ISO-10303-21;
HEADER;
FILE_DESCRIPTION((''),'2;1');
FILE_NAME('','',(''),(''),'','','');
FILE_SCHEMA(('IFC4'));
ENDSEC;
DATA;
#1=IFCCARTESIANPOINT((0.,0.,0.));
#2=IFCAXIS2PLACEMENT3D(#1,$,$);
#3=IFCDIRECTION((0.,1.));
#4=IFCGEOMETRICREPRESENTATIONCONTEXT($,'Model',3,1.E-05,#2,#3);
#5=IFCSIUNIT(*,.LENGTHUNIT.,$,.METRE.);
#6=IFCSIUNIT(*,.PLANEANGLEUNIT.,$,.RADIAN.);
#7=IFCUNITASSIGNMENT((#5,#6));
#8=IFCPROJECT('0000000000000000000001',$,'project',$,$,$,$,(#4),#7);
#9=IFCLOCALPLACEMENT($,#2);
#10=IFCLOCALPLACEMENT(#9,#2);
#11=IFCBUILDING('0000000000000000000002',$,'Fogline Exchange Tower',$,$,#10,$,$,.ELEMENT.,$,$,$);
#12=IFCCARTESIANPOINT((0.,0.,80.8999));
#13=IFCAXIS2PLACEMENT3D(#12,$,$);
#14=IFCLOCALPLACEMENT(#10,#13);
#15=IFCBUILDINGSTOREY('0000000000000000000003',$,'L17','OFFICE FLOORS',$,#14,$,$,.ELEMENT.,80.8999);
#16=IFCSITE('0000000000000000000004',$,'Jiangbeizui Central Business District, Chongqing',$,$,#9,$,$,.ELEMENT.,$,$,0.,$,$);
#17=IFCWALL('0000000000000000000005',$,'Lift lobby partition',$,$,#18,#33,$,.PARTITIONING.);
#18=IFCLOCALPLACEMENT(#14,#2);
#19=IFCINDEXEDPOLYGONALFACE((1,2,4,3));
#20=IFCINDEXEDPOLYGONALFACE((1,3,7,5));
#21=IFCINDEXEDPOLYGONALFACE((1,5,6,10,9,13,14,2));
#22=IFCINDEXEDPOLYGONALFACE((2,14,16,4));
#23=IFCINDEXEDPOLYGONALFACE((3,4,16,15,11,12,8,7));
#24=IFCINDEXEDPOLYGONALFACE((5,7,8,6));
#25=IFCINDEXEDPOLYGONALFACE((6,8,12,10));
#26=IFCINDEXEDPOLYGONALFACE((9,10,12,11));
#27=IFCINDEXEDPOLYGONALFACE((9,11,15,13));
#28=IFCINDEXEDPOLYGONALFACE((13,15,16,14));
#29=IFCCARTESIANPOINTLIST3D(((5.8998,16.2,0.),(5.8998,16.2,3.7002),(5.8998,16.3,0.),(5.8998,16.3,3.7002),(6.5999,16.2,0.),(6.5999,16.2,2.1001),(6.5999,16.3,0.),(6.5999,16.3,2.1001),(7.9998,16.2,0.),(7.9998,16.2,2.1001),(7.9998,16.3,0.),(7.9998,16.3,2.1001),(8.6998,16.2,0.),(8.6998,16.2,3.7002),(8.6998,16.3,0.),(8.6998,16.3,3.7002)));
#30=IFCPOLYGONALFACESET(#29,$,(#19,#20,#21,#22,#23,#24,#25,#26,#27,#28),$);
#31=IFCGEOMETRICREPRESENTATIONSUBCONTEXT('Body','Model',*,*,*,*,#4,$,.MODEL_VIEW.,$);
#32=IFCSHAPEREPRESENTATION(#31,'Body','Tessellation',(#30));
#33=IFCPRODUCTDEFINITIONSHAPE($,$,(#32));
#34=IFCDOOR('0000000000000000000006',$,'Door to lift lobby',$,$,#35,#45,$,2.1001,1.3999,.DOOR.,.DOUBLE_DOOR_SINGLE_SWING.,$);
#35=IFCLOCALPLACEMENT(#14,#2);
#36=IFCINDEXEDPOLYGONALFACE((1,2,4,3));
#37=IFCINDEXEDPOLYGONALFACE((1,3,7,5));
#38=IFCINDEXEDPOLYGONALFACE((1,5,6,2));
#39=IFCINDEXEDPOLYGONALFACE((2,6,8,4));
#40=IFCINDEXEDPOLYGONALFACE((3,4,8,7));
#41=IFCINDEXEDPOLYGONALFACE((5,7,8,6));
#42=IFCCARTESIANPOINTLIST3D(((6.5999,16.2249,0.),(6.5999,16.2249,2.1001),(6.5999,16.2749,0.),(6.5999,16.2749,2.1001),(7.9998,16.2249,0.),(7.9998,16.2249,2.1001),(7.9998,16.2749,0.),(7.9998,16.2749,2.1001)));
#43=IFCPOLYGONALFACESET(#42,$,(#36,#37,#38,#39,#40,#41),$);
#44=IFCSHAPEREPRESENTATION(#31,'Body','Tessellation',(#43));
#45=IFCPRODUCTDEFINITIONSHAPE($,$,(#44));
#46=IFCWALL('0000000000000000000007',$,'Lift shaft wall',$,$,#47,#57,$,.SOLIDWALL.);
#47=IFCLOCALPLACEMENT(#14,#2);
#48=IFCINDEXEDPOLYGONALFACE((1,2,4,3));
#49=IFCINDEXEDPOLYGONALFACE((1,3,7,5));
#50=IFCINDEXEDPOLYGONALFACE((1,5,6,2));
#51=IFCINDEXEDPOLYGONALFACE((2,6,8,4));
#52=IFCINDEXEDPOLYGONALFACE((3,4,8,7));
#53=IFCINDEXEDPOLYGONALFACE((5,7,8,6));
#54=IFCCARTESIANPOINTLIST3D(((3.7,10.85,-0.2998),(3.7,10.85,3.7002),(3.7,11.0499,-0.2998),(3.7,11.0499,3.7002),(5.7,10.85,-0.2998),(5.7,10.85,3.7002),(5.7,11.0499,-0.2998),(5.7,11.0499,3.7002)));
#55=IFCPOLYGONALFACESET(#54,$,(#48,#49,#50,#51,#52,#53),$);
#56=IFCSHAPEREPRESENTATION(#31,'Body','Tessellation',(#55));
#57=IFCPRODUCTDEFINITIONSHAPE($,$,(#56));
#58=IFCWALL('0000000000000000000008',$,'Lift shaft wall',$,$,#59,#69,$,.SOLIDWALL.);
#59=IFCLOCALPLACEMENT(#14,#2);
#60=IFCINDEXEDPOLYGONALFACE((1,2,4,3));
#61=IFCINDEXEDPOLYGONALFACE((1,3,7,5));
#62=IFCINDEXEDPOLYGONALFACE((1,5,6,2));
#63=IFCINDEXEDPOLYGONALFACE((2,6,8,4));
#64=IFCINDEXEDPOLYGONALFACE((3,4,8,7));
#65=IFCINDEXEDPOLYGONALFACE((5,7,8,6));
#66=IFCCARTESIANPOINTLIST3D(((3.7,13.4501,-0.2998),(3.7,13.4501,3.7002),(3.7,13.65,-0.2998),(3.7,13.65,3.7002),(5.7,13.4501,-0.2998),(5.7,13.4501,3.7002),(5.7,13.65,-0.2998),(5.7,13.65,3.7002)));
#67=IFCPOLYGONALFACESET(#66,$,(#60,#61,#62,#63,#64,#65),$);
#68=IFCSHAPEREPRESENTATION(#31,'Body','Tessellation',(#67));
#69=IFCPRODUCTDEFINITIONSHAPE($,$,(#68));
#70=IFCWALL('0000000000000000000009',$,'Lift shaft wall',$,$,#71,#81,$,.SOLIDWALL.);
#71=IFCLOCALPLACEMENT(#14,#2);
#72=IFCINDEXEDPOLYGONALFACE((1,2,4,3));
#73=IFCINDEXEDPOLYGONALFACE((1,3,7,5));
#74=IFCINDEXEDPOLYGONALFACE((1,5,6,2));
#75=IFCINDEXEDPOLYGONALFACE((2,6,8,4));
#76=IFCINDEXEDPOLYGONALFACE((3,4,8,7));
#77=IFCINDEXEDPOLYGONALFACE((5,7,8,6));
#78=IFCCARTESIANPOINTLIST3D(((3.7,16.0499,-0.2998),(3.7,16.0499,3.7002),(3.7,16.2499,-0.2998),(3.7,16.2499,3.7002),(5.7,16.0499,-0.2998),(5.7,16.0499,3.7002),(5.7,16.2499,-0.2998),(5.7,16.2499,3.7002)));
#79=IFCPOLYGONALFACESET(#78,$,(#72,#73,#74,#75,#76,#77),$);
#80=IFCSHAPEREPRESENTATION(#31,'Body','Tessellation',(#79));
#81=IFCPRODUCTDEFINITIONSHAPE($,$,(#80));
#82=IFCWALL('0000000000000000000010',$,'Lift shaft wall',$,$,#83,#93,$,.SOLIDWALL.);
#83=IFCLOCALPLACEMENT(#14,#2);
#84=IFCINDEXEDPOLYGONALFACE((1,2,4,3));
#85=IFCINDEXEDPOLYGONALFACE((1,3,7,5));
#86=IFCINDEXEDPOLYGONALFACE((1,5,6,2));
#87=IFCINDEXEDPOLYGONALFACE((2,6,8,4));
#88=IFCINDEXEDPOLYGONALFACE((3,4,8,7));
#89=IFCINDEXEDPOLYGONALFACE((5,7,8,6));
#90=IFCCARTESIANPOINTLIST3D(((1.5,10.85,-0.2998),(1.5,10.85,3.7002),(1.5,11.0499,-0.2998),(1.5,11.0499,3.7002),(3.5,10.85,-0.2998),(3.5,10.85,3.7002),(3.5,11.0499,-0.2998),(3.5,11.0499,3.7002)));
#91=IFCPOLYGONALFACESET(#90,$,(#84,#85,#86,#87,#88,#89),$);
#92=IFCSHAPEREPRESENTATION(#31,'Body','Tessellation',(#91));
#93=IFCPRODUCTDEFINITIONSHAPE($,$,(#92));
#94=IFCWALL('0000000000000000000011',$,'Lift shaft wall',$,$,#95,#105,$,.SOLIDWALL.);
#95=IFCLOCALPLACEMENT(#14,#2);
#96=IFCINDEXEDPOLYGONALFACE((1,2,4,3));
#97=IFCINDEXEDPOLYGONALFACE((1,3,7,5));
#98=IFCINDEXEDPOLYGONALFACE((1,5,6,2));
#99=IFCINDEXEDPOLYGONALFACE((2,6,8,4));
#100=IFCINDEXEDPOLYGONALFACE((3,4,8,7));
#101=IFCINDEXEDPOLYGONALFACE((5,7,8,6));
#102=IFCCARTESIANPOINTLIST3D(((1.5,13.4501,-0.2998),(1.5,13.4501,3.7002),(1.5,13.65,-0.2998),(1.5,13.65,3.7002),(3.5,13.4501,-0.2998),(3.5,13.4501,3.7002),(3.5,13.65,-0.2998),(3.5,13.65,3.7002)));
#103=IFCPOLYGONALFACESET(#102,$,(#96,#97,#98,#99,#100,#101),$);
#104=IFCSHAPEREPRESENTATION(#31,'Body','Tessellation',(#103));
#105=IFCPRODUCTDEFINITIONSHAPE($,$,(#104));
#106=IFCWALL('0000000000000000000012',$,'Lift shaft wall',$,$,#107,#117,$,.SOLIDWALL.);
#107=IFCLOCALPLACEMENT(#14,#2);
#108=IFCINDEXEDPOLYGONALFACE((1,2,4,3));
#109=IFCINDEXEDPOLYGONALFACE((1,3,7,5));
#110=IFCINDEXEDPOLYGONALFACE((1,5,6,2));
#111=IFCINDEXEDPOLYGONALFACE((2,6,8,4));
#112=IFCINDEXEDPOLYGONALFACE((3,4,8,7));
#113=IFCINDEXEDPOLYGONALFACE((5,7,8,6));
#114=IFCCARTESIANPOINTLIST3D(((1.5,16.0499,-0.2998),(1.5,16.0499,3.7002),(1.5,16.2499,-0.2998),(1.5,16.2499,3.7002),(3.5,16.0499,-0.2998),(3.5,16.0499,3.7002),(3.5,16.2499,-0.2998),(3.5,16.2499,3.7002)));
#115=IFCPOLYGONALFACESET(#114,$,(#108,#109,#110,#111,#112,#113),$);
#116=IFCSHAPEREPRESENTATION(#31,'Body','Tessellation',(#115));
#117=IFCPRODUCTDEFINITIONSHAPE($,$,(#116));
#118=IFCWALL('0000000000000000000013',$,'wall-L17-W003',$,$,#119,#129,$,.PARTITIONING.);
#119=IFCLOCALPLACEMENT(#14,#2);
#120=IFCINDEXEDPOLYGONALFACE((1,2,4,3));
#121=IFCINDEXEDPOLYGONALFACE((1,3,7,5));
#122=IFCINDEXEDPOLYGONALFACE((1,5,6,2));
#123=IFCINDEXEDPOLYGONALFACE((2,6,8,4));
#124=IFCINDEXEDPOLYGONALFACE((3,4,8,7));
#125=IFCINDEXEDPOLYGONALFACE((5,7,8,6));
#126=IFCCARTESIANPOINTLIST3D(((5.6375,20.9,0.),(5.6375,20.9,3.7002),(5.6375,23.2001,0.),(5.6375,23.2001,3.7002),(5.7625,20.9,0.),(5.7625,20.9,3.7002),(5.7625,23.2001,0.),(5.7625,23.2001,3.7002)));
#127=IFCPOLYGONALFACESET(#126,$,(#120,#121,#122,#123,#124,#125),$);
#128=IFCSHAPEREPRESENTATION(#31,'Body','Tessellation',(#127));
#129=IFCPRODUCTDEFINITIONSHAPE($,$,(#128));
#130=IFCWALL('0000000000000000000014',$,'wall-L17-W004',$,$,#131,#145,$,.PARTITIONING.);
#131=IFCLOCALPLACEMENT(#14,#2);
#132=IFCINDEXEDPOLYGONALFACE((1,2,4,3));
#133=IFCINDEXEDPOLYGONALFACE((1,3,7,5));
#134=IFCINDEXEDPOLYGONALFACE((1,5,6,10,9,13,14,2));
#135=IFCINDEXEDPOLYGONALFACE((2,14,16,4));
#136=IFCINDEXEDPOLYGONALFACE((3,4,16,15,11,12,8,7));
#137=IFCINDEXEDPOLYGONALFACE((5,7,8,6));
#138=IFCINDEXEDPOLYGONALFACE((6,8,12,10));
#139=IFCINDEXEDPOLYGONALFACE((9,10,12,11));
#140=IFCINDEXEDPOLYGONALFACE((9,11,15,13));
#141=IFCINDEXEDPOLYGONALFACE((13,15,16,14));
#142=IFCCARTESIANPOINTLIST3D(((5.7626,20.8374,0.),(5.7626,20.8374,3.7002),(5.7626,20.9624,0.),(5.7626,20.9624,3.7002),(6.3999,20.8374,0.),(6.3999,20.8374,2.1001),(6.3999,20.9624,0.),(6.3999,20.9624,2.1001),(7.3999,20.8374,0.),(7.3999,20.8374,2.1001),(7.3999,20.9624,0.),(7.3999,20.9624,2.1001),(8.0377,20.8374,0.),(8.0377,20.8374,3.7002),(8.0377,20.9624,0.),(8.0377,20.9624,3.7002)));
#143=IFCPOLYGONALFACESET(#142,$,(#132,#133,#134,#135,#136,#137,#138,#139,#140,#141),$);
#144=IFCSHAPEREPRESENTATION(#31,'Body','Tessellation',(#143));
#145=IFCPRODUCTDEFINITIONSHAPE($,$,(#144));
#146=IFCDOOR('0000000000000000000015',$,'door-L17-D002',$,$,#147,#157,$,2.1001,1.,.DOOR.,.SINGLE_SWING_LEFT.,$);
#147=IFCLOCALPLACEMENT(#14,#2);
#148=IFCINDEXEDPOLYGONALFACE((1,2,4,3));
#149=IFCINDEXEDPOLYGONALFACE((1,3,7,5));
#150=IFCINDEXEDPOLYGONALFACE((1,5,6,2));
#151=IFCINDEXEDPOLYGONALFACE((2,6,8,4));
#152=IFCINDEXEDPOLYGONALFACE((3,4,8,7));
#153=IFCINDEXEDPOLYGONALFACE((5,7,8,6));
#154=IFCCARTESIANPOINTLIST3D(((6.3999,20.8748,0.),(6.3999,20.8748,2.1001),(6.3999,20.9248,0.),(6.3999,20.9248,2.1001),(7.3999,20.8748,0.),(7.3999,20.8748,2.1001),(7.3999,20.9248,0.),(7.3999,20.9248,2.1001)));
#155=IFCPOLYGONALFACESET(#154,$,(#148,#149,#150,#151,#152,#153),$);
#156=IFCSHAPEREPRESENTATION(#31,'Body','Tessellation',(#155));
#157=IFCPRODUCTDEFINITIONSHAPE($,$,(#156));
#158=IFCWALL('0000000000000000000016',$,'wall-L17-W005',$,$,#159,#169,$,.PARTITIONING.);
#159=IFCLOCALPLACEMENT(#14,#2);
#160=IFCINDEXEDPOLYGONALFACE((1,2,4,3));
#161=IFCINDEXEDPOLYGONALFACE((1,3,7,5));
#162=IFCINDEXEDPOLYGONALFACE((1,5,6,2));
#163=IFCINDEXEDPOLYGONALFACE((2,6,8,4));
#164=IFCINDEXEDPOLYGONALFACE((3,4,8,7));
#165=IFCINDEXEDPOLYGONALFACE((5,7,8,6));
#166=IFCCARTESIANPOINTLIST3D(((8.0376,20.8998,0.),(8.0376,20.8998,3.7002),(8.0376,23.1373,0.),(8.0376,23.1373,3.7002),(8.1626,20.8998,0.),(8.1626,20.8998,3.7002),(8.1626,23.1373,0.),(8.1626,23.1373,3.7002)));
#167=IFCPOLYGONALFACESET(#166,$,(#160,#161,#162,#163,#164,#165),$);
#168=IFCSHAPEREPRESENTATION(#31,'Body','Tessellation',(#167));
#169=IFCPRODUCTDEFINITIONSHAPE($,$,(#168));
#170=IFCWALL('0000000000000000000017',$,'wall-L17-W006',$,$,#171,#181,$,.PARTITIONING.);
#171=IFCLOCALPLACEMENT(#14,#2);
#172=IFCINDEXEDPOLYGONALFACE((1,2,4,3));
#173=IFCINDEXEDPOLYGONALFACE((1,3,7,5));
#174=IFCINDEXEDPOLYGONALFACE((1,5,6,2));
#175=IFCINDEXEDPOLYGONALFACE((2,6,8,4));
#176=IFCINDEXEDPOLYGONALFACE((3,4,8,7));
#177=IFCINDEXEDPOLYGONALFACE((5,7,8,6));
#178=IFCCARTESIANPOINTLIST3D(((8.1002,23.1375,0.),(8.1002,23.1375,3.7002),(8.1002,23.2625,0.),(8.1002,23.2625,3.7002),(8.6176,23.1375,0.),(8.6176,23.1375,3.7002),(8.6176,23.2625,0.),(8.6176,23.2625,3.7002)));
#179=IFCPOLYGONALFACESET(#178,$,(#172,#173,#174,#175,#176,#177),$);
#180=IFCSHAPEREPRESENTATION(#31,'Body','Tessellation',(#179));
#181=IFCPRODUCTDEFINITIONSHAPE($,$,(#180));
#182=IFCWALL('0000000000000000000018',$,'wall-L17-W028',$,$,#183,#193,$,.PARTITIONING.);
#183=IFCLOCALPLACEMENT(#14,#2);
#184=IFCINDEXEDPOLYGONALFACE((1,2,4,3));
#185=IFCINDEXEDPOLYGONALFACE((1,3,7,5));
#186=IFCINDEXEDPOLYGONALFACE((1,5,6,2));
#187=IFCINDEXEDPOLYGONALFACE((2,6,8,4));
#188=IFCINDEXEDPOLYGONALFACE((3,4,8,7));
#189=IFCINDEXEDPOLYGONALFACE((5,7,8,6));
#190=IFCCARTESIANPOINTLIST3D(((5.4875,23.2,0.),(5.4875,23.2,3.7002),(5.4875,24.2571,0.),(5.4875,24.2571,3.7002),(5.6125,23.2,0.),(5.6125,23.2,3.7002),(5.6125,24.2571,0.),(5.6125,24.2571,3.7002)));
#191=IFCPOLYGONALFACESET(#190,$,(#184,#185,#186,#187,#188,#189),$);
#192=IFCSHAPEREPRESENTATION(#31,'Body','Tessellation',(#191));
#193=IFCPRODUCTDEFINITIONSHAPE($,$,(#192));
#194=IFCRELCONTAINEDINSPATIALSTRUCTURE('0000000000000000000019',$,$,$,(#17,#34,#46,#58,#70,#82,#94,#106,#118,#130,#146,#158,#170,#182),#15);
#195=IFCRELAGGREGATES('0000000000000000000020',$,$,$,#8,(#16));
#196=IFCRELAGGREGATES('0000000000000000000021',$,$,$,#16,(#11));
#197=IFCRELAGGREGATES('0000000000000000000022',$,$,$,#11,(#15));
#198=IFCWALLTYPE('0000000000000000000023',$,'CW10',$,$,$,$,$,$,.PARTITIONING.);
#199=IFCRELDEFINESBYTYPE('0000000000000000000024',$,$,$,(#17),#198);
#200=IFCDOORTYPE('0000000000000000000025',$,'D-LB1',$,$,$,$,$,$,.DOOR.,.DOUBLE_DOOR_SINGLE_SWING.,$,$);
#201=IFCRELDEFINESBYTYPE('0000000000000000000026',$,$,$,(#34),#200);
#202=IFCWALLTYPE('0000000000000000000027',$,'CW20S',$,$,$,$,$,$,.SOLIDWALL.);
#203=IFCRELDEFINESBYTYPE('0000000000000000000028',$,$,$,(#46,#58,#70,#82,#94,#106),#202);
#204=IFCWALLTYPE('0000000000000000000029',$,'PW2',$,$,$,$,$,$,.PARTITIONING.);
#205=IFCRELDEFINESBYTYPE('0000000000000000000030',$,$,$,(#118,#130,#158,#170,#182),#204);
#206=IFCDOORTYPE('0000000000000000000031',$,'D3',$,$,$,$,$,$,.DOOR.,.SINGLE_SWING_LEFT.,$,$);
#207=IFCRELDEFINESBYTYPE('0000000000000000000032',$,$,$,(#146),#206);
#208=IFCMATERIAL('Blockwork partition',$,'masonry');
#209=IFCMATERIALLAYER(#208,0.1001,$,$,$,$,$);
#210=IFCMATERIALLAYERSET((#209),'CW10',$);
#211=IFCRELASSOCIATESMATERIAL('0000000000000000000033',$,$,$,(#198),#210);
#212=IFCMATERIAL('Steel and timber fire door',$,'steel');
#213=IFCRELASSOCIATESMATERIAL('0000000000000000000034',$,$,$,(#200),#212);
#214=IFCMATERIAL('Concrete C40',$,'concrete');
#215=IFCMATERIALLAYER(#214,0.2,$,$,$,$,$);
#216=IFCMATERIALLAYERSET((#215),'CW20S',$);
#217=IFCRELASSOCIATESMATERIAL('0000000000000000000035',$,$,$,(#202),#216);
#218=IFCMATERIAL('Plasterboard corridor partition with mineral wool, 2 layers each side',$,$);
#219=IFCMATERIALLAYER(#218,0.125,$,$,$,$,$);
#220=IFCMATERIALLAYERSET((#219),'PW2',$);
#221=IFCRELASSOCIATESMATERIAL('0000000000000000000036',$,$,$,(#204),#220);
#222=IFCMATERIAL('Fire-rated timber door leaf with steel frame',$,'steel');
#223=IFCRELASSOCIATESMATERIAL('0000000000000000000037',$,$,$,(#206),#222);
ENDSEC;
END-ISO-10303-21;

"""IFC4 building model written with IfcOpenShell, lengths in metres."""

from ifc_helpers import new_model, si_unit, direction, frame, frame_2d, origin, place, context, subcontext, project, spatial, rectangle, extrude, material, layer, layer_set, type_object, element, fill, save


model = new_model("IFC4")

# Units and contexts
model_context = context("Model", 3, precision=1e-05, world=origin(), true_north=direction((0.0, 1.0)))
body_context = subcontext(model_context, "Body", "Model", "MODEL_VIEW")
ifc_project = project(units=[si_unit("LENGTHUNIT", "METRE"), si_unit("PLANEANGLEUNIT", "RADIAN")], contexts=[model_context])

# Site, building, storey
site_placement = place(None, origin())
site = spatial("IfcSite", under=ifc_project, at=site_placement, Name="Jiangbeizui Central Business District, Chongqing", CompositionType="ELEMENT", RefElevation=0.0)
building_placement = place(site_placement, origin())
building = spatial("IfcBuilding", under=site, at=building_placement, Name="Fogline Exchange Tower", CompositionType="ELEMENT")
storey_placement = place(building_placement, frame((0.0, 0.0, 80.8999)))
storey = spatial("IfcBuildingStorey", under=building, at=storey_placement, Name="L17", Description="OFFICE FLOORS", CompositionType="ELEMENT", Elevation=80.8999)

# Wall, opening, door
ifc_material_1 = material(Name="Blockwork partition", Category="masonry")
ifc_layer_1 = layer(ifc_material_1, 0.1001)
ifc_layer_set_1 = layer_set([ifc_layer_1], Name="CW10")
wall_type_1 = type_object("IfcWallType", Name="CW10", PredefinedType="PARTITIONING", material=ifc_layer_set_1)
wall_1_placement = place(storey_placement, frame((5.8999, 16.25, 0.0), z_axis=(0.0, 0.0, 1.0), x_axis=(1.0, 0.0, 0.0)))
wall_1 = element("IfcWall", 1, at=wall_1_placement, inside=storey, type_object=wall_type_1, Name="Lift lobby partition", PredefinedType="PARTITIONING", context=body_context, shape_type="SweptSolid", body=[
    extrude(rectangle(XDim=2.8, YDim=0.1001, at=frame_2d((1.3999, 0.0))), origin(), (0.0, 0.0, 1.0), 3.7002),
])
opening_1_placement = place(wall_1_placement, frame((0.7, 0.0, 0.0)))
opening_1 = element("IfcOpeningElement", 2, at=opening_1_placement, cuts=wall_1, PredefinedType="OPENING", context=body_context, shape_type="SweptSolid", body=[
    extrude(rectangle(XDim=1.3999, YDim=2.1001, at=frame_2d((0.7, 1.05))), frame((0.0, 0.0601, 0.0), z_axis=(0.0, -1.0, 0.0), x_axis=(1.0, 0.0, 0.0)), (0.0, 0.0, 1.0), 0.1201),
])
ifc_material_2 = material(Name="Steel and timber fire door", Category="steel")
door_type_1 = type_object("IfcDoorType", Name="D-LB1", OperationType="DOUBLE_DOOR_SINGLE_SWING", PredefinedType="DOOR", material=ifc_material_2)
door_1_placement = place(opening_1_placement, origin())
door_1 = element("IfcDoor", 3, at=door_1_placement, inside=storey, type_object=door_type_1, Name="Door to lift lobby", OperationType="DOUBLE_DOOR_SINGLE_SWING", OverallHeight=2.1001, OverallWidth=1.3999, PredefinedType="DOOR", context=body_context, shape_type="SweptSolid", body=[
    extrude(rectangle(XDim=1.3999, YDim=2.1001, at=frame_2d((0.7, 1.05))), frame((0.0, 0.0249, 0.0), z_axis=(0.0, -1.0, 0.0), x_axis=(1.0, 0.0, 0.0)), (0.0, 0.0, 1.0), 0.05),
])
fill(opening_1, door_1)

# Walls
ifc_material_3 = material(Name="Concrete C40", Category="concrete")
ifc_layer_2 = layer(ifc_material_3, 0.2)
ifc_layer_set_2 = layer_set([ifc_layer_2], Name="CW20S")
wall_type_2 = type_object("IfcWallType", Name="CW20S", PredefinedType="SOLIDWALL", material=ifc_layer_set_2)
for number, where, z_axis, x_axis, name in (
    (4, (3.7, 10.95, -0.2998), (0.0, 0.0, 1.0), (1.0, 0.0, 0.0), "Lift shaft wall"),
    (5, (3.7, 13.55, -0.2998), (0.0, 0.0, 1.0), (1.0, 0.0, 0.0), "Lift shaft wall"),
    (6, (3.7, 16.1499, -0.2998), (0.0, 0.0, 1.0), (1.0, 0.0, 0.0), "Lift shaft wall"),
    (7, (1.5, 10.95, -0.2998), (0.0, 0.0, 1.0), (1.0, 0.0, 0.0), "Lift shaft wall"),
    (8, (1.5, 13.55, -0.2998), (0.0, 0.0, 1.0), (1.0, 0.0, 0.0), "Lift shaft wall"),
    (9, (1.5, 16.1499, -0.2998), (0.0, 0.0, 1.0), (1.0, 0.0, 0.0), "Lift shaft wall"),
):
    element("IfcWall", number, at=place(storey_placement, frame(where, z_axis=z_axis, x_axis=x_axis)), inside=storey, type_object=wall_type_2, Name=name, PredefinedType="SOLIDWALL", context=body_context, shape_type="SweptSolid", body=[
        extrude(rectangle(XDim=2.0, YDim=0.2, at=frame_2d((1.0, 0.0))), origin(), (0.0, 0.0, 1.0), 4.0),
    ])
ifc_material_4 = material(Name="Plasterboard corridor partition with mineral wool, 2 layers each side")
ifc_layer_3 = layer(ifc_material_4, 0.125)
ifc_layer_set_3 = layer_set([ifc_layer_3], Name="PW2")
wall_type_3 = type_object("IfcWallType", Name="PW2", PredefinedType="PARTITIONING", material=ifc_layer_set_3)
wall_2_placement = place(storey_placement, frame((5.7, 23.2, 0.0), z_axis=(0.0, 0.0, 1.0), x_axis=(0.0, -1.0, 0.0)))
element("IfcWall", 10, at=wall_2_placement, inside=storey, type_object=wall_type_3, Name="wall-L17-W003", PredefinedType="PARTITIONING", context=body_context, shape_type="SweptSolid", body=[
    extrude(rectangle(XDim=2.3, YDim=0.125, at=frame_2d((1.1499, 0.0))), origin(), (0.0, 0.0, 1.0), 3.7002),
])

# Wall, opening, door
wall_3_placement = place(storey_placement, frame((5.7625, 20.8999, 0.0), z_axis=(0.0, 0.0, 1.0), x_axis=(1.0, 0.0, 0.0)))
wall_3 = element("IfcWall", 11, at=wall_3_placement, inside=storey, type_object=wall_type_3, Name="wall-L17-W004", PredefinedType="PARTITIONING", context=body_context, shape_type="SweptSolid", body=[
    extrude(rectangle(XDim=2.2751, YDim=0.125, at=frame_2d((1.1377, 0.0))), origin(), (0.0, 0.0, 1.0), 3.7002),
])
opening_2_placement = place(wall_3_placement, frame((0.6375, 0.0, 0.0)))
opening_2 = element("IfcOpeningElement", 12, at=opening_2_placement, cuts=wall_3, PredefinedType="OPENING", context=body_context, shape_type="SweptSolid", body=[
    extrude(rectangle(XDim=1.0, YDim=2.1001, at=frame_2d((0.5, 1.05))), frame((0.0, 0.0725, 0.0), z_axis=(0.0, -1.0, 0.0), x_axis=(1.0, 0.0, 0.0)), (0.0, 0.0, 1.0), 0.145),
])
ifc_material_5 = material(Name="Fire-rated timber door leaf with steel frame", Category="steel")
door_type_2 = type_object("IfcDoorType", Name="D3", OperationType="SINGLE_SWING_LEFT", PredefinedType="DOOR", material=ifc_material_5)
door_2_placement = place(opening_2_placement, origin())
door_2 = element("IfcDoor", 13, at=door_2_placement, inside=storey, type_object=door_type_2, Name="door-L17-D002", OperationType="SINGLE_SWING_LEFT", OverallHeight=2.1001, OverallWidth=1.0, PredefinedType="DOOR", context=body_context, shape_type="SweptSolid", body=[
    extrude(rectangle(XDim=1.0, YDim=2.1001, at=frame_2d((0.5, 1.05))), frame((0.0, 0.0249, 0.0), z_axis=(0.0, -1.0, 0.0), x_axis=(1.0, 0.0, 0.0)), (0.0, 0.0, 1.0), 0.05),
])
fill(opening_2, door_2)

# Walls
wall_4_placement = place(storey_placement, frame((8.1001, 20.8999, 0.0), z_axis=(0.0, 0.0, 1.0), x_axis=(0.0, 1.0, 0.0)))
element("IfcWall", 14, at=wall_4_placement, inside=storey, type_object=wall_type_3, Name="wall-L17-W005", PredefinedType="PARTITIONING", context=body_context, shape_type="SweptSolid", body=[
    extrude(rectangle(XDim=2.2375, YDim=0.125, at=frame_2d((1.1187, 0.0))), origin(), (0.0, 0.0, 1.0), 3.7002),
])
wall_5_placement = place(storey_placement, frame((8.1001, 23.2, 0.0), z_axis=(0.0, 0.0, 1.0), x_axis=(1.0, 0.0, 0.0)))
element("IfcWall", 15, at=wall_5_placement, inside=storey, type_object=wall_type_3, Name="wall-L17-W006", PredefinedType="PARTITIONING", context=body_context, shape_type="SweptSolid", body=[
    extrude(rectangle(XDim=0.5173, YDim=0.125, at=frame_2d((0.2588, 0.0))), origin(), (0.0, 0.0, 1.0), 3.7002),
])
wall_6_placement = place(storey_placement, frame((5.55, 24.2571, 0.0), z_axis=(0.0, 0.0, 1.0), x_axis=(0.0, -1.0, 0.0)))
element("IfcWall", 16, at=wall_6_placement, inside=storey, type_object=wall_type_3, Name="wall-L17-W028", PredefinedType="PARTITIONING", context=body_context, shape_type="SweptSolid", body=[
    extrude(rectangle(XDim=1.0571, YDim=0.125, at=frame_2d((0.5286, 0.0))), origin(), (0.0, 0.0, 1.0), 3.7002),
])

save(model, "model.ifc")
